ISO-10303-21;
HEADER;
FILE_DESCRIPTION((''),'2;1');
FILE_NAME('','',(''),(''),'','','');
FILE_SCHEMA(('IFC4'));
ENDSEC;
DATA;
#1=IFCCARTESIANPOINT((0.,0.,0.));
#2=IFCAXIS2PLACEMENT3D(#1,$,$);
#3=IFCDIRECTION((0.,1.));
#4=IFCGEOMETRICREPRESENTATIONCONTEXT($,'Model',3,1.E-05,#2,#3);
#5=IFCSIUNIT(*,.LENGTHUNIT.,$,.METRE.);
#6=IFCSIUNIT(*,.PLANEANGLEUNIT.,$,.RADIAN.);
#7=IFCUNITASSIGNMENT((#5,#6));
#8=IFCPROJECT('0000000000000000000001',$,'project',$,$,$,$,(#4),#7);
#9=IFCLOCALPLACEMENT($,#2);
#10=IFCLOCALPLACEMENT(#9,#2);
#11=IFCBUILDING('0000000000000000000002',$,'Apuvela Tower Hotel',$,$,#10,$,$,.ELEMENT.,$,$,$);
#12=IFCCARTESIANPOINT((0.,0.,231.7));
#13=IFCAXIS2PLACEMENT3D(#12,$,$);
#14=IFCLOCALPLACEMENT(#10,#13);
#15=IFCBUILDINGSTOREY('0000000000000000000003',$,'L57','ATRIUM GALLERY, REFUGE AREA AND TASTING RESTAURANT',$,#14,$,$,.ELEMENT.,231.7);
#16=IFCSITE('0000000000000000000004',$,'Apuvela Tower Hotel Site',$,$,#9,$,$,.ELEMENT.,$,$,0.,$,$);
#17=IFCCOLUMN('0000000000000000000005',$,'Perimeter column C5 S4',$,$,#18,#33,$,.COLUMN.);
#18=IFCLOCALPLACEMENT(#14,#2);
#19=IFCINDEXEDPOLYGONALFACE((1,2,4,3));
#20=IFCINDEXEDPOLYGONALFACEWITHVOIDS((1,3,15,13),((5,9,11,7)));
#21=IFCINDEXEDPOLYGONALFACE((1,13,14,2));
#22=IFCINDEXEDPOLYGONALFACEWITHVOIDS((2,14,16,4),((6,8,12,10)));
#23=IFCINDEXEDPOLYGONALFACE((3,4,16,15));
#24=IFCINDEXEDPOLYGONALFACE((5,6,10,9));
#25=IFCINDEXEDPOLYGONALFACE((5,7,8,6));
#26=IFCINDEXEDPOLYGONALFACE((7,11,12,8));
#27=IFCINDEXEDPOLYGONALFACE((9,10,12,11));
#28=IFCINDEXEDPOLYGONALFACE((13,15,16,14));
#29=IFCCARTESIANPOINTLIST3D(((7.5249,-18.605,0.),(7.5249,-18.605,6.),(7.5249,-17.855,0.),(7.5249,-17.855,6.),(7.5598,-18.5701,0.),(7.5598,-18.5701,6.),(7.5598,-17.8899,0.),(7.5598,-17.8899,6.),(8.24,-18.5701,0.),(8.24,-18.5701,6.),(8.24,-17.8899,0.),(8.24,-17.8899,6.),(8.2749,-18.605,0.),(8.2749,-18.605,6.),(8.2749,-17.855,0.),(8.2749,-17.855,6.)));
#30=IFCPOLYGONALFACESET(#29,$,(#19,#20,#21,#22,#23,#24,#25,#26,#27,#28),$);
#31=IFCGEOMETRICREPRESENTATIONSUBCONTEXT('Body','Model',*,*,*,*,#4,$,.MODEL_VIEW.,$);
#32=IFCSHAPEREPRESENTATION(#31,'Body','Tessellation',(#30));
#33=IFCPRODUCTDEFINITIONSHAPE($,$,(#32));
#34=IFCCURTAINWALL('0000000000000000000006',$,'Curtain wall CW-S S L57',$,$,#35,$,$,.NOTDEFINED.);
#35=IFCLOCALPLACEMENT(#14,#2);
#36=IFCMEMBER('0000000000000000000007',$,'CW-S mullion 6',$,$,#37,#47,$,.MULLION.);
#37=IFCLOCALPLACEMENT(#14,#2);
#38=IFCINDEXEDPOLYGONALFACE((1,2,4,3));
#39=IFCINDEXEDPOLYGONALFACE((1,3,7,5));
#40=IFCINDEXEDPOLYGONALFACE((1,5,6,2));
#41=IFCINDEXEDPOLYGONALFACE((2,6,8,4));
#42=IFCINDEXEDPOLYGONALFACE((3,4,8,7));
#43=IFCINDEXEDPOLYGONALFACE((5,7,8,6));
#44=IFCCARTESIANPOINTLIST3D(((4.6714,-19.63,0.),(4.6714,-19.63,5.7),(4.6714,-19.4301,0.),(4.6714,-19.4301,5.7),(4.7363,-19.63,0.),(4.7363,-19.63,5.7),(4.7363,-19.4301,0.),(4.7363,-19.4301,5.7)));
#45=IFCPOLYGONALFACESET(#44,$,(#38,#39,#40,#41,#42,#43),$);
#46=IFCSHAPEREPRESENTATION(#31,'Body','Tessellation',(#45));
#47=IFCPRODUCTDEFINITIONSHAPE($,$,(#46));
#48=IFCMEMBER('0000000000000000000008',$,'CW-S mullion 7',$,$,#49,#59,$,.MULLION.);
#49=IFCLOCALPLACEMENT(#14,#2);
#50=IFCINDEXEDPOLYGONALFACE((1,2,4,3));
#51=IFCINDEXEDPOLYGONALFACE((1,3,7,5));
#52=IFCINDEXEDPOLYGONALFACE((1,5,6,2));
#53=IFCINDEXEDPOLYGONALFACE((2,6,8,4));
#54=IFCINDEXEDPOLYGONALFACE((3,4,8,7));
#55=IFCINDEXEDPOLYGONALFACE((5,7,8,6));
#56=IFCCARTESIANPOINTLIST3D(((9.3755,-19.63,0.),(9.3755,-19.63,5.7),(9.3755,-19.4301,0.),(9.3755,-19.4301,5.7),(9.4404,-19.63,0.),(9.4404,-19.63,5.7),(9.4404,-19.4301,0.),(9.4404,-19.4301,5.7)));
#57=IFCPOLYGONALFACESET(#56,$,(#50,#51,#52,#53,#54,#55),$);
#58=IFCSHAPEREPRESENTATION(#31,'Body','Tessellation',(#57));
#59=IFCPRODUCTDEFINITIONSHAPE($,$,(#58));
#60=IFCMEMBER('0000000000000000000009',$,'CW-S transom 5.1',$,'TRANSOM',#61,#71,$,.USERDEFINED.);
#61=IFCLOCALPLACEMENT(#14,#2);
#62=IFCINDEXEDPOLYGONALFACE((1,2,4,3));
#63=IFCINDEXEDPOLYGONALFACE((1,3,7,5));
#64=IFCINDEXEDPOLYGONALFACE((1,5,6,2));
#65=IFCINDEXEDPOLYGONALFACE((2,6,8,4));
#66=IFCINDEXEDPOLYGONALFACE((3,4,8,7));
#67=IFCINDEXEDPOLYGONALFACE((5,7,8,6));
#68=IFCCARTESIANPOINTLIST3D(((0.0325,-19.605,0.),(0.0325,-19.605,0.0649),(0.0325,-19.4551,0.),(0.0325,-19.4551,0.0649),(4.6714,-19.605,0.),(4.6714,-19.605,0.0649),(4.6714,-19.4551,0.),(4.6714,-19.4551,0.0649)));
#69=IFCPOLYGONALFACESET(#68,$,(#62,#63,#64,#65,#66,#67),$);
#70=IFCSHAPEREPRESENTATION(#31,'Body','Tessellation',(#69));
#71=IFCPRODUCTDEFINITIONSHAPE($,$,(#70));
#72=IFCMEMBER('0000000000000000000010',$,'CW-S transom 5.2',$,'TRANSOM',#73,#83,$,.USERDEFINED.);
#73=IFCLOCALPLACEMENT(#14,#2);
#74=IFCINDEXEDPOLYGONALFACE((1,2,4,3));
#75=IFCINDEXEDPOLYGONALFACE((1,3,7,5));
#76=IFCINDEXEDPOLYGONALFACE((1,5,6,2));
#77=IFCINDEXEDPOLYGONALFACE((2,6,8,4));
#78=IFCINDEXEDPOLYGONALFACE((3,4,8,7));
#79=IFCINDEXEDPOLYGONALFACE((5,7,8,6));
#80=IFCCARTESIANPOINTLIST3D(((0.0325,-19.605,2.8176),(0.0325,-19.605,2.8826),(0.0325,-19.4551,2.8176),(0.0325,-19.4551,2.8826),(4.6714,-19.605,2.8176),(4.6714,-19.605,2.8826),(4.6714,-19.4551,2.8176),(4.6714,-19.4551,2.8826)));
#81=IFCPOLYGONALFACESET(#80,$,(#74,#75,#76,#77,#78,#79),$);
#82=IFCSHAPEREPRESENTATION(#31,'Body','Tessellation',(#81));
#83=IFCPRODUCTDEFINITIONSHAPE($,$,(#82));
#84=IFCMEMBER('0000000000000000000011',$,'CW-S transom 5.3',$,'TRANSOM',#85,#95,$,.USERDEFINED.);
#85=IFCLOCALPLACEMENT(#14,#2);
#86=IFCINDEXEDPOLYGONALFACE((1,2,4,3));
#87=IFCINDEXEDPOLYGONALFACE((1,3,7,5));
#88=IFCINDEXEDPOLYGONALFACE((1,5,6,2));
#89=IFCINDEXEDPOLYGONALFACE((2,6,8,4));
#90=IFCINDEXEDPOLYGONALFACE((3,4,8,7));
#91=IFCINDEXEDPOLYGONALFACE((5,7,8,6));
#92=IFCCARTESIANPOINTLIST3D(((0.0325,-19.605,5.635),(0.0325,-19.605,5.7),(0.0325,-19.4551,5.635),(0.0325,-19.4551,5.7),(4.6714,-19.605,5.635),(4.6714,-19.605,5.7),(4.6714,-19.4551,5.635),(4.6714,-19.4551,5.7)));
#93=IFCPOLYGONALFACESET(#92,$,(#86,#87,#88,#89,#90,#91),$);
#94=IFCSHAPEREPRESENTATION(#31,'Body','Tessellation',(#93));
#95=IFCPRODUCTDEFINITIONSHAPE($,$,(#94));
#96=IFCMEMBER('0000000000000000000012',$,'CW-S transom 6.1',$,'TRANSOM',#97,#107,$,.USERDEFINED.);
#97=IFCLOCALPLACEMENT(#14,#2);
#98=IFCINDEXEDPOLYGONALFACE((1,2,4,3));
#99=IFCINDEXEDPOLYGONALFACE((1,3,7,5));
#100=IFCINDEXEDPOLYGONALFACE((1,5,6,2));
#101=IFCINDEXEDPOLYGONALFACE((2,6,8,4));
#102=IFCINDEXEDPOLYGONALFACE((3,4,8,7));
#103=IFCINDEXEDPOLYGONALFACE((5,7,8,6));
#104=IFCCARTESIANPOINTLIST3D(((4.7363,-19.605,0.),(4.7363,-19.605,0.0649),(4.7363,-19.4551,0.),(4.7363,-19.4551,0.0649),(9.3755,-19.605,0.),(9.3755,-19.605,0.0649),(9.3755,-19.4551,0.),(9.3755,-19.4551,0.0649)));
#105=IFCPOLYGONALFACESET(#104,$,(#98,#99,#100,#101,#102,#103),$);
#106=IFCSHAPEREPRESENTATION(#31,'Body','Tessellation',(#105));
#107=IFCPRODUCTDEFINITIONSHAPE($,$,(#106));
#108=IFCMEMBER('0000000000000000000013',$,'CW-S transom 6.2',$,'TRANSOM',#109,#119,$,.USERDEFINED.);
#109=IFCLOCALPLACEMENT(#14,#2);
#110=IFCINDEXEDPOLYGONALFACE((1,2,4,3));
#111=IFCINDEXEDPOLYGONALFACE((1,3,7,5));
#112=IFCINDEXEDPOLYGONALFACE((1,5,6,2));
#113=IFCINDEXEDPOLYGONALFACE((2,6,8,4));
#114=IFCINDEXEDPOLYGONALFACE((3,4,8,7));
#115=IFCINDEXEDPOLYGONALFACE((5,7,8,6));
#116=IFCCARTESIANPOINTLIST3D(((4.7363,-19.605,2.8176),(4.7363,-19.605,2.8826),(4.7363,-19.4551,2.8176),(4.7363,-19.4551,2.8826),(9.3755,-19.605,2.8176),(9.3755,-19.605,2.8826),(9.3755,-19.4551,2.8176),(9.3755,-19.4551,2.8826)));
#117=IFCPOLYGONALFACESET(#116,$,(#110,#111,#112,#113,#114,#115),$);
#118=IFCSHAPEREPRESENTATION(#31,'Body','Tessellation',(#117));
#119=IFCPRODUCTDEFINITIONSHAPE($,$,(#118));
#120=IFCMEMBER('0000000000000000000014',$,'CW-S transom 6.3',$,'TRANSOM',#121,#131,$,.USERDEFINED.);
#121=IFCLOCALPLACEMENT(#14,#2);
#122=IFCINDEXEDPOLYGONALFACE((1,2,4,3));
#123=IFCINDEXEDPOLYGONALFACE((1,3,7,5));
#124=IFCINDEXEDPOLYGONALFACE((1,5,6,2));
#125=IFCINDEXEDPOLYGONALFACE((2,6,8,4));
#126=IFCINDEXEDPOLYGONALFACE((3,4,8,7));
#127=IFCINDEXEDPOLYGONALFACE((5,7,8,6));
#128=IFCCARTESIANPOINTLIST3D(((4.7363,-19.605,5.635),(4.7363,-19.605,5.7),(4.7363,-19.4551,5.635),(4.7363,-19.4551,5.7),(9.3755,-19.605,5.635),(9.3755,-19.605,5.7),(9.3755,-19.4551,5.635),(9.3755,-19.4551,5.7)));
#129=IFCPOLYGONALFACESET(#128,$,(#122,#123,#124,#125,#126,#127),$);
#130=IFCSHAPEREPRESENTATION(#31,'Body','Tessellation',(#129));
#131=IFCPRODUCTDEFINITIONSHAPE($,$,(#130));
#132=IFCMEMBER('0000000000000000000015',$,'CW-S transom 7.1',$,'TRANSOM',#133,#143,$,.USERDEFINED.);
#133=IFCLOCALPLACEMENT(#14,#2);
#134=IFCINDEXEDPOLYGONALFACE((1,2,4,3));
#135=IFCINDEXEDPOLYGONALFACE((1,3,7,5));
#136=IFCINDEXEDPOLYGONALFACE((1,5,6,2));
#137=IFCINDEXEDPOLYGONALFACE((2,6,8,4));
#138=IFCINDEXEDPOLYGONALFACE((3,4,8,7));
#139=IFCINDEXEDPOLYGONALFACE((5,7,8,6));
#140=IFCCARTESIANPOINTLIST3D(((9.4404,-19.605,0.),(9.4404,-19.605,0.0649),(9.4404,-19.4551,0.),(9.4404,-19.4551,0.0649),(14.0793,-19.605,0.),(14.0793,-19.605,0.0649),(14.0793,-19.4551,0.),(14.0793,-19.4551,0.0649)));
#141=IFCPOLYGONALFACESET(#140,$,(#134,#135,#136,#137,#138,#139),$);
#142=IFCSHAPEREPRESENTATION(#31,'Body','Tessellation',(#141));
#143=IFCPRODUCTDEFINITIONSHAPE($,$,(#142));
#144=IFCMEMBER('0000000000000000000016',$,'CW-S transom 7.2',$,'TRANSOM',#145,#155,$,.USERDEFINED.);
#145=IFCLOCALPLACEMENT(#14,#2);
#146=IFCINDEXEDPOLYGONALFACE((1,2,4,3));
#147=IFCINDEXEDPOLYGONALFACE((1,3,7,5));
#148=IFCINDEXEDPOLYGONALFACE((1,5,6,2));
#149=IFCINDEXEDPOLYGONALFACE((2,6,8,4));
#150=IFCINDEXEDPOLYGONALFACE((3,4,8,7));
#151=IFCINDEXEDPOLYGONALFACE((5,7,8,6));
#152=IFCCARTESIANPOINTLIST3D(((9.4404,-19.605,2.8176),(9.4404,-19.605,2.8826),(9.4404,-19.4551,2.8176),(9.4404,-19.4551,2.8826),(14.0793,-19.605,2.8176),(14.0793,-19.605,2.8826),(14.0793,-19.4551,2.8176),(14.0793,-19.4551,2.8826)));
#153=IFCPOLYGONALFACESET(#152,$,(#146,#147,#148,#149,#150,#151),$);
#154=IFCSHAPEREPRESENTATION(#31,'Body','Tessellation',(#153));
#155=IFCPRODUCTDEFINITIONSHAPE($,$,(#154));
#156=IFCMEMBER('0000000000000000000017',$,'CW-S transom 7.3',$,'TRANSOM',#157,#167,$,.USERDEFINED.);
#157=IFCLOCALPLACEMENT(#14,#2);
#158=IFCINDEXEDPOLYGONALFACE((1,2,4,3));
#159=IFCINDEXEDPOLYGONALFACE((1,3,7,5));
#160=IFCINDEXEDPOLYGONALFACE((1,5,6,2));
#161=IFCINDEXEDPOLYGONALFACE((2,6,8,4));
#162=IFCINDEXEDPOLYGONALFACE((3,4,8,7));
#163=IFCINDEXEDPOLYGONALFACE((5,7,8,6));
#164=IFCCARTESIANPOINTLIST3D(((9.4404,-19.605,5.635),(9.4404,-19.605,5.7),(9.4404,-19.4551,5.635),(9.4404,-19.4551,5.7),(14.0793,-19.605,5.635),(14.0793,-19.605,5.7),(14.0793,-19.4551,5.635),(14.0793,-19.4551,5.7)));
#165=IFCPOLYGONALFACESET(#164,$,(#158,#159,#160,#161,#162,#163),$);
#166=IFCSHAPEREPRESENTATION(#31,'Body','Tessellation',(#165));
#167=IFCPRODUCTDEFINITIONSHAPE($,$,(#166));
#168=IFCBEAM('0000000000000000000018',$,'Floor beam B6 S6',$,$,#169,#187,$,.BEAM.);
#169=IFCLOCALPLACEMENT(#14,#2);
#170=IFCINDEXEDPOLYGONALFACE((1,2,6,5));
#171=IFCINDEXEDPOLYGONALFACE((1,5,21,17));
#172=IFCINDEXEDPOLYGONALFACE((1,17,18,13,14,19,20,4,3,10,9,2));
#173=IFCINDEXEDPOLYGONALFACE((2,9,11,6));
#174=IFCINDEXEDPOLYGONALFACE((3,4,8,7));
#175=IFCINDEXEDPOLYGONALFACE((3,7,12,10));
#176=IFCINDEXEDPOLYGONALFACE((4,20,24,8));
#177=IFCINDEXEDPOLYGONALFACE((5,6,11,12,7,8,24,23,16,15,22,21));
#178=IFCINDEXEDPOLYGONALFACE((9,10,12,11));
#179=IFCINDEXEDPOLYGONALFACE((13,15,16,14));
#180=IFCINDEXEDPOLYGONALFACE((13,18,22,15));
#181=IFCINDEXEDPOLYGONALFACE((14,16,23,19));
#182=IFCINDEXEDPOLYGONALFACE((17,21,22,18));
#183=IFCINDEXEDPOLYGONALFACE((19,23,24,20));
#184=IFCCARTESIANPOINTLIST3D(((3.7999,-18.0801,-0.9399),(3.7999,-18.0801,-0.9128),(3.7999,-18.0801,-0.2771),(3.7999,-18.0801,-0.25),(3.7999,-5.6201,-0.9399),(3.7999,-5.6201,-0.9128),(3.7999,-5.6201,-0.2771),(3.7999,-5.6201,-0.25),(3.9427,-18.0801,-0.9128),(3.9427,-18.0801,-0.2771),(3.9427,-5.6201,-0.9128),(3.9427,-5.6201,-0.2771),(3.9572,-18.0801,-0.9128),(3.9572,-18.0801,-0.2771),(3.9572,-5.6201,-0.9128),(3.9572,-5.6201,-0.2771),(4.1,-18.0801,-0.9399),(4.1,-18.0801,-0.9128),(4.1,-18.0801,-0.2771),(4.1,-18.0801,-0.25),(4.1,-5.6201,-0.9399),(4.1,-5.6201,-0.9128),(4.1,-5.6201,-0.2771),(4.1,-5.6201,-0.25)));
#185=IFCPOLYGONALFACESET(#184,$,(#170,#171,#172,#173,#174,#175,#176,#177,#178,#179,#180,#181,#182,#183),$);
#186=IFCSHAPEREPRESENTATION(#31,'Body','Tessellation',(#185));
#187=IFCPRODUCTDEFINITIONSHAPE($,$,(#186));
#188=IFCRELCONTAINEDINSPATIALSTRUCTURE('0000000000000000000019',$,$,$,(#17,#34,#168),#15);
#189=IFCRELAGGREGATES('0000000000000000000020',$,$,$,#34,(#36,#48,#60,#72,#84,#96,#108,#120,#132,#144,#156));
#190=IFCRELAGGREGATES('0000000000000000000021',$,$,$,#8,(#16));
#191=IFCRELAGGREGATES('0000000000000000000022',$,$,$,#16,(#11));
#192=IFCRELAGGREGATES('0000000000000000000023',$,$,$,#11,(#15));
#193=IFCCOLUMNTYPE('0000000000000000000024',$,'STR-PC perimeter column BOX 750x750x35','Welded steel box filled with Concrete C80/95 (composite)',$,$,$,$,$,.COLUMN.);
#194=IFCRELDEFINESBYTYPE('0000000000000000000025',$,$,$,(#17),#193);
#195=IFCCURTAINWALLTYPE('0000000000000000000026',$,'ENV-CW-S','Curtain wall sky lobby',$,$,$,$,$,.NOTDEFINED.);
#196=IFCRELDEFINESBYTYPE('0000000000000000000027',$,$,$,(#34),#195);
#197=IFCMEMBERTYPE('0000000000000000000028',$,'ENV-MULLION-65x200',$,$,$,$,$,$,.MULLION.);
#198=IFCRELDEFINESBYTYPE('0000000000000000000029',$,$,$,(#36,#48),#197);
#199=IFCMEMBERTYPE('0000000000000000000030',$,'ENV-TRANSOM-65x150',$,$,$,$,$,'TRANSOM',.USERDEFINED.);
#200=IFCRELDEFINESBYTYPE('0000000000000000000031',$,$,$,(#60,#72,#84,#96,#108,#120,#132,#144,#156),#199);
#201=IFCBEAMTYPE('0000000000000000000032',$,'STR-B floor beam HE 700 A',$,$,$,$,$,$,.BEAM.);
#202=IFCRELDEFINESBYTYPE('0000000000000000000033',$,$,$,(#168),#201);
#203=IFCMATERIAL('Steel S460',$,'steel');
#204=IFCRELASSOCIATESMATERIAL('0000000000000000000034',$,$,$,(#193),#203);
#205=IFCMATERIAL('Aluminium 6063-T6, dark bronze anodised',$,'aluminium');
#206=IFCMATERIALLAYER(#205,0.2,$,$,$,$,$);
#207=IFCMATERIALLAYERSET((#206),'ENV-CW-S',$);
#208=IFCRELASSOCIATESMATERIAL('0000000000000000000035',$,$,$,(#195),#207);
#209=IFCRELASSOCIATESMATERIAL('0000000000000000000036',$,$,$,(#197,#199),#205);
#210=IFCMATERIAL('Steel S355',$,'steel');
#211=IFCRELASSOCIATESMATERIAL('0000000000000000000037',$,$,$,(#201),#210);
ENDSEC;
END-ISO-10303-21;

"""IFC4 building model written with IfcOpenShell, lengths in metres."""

from ifc_helpers import new_model, si_unit, direction, frame, origin, origin_2d, place, context, subcontext, project, spatial, rectangle, hollow_rectangle, i_section, extrude, material, layer, layer_set, material_profile, profile_set, type_object, element, aggregate, save


model = new_model("IFC4")

# Units and contexts
model_context = context("Model", 3, precision=1e-05, world=origin(), true_north=direction((0.0, 1.0)))
body_context = subcontext(model_context, "Body", "Model", "MODEL_VIEW")
ifc_project = project(units=[si_unit("LENGTHUNIT", "METRE"), si_unit("PLANEANGLEUNIT", "RADIAN")], contexts=[model_context])

# Site, building, storey
site_placement = place(None, origin())
site = spatial("IfcSite", under=ifc_project, at=site_placement, Name="Apuvela Tower Hotel Site", CompositionType="ELEMENT", RefElevation=0.0)
building_placement = place(site_placement, origin())
building = spatial("IfcBuilding", under=site, at=building_placement, Name="Apuvela Tower Hotel", CompositionType="ELEMENT")
storey_placement = place(building_placement, frame((0.0, 0.0, 231.7)))
storey = spatial("IfcBuildingStorey", under=building, at=storey_placement, Name="L57", Description="ATRIUM GALLERY, REFUGE AREA AND TASTING RESTAURANT", CompositionType="ELEMENT", Elevation=231.7)

# Column
ifc_material_1 = material(Name="Steel S460", Category="steel")
ifc_material_profile_1 = material_profile(ifc_material_1, hollow_rectangle(XDim=0.75, YDim=0.75, WallThickness=0.0349, at=origin_2d()), Name="BOX 750x750x35")
ifc_material_2 = material(Name="Concrete C80/95", Category="concrete")
ifc_material_profile_2 = material_profile(ifc_material_2, rectangle(XDim=0.6799, YDim=0.6799, at=origin_2d()), Name="Concrete C80/95 infill")
ifc_profile_set_1 = profile_set([ifc_material_profile_1, ifc_material_profile_2], Name="Steel S460")
column_type = type_object("IfcColumnType", Name="STR-PC perimeter column BOX 750x750x35", Description="Welded steel box filled with Concrete C80/95 (composite)", PredefinedType="COLUMN", material=ifc_profile_set_1)
column_placement = place(storey_placement, frame((7.8999, -18.23, 0.0), z_axis=(0.0, 0.0, 1.0), x_axis=(-1.0, 0.0, 0.0)))
element("IfcColumn", 1, at=column_placement, inside=storey, type_object=column_type, Name="Perimeter column C5 S4", PredefinedType="COLUMN", context=body_context, shape_type="SweptSolid", body=[
    extrude(hollow_rectangle(XDim=0.75, YDim=0.75, WallThickness=0.0349, at=origin_2d()), origin(), (0.0, 0.0, 1.0), 6.0),
])

# Curtain wall, members
ifc_material_3 = material(Name="Aluminium 6063-T6, dark bronze anodised", Category="aluminium")
ifc_layer_1 = layer(ifc_material_3, 0.2)
ifc_layer_set_1 = layer_set([ifc_layer_1], Name="ENV-CW-S")
curtain_wall_type = type_object("IfcCurtainWallType", Name="ENV-CW-S", Description="Curtain wall sky lobby", PredefinedType="NOTDEFINED", material=ifc_layer_set_1)
curtain_wall_placement = place(storey_placement, origin())
curtain_wall = element("IfcCurtainWall", 2, at=curtain_wall_placement, inside=storey, type_object=curtain_wall_type, Name="Curtain wall CW-S S L57", PredefinedType="NOTDEFINED")
ifc_material_profile_3 = material_profile(ifc_material_3, rectangle(XDim=0.2, YDim=0.0649, at=origin_2d()), Name="AL 65x200")
ifc_profile_set_2 = profile_set([ifc_material_profile_3], Name="Aluminium 6063-T6, dark bronze anodised")
member_type_1 = type_object("IfcMemberType", Name="ENV-MULLION-65x200", PredefinedType="MULLION", material=ifc_profile_set_2)
member_1_placement = place(storey_placement, frame((4.7039, -19.53, 0.0), z_axis=(0.0, 0.0, 1.0), x_axis=(0.0, 1.0, 0.0)))
member_1 = element("IfcMember", 3, at=member_1_placement, type_object=member_type_1, Name="CW-S mullion 6", PredefinedType="MULLION", context=body_context, shape_type="SweptSolid", body=[
    extrude(rectangle(XDim=0.2, YDim=0.0649, at=origin_2d()), origin(), (0.0, 0.0, 1.0), 5.7),
])
member_2_placement = place(storey_placement, frame((9.408, -19.53, 0.0), z_axis=(0.0, 0.0, 1.0), x_axis=(0.0, 1.0, 0.0)))
member_2 = element("IfcMember", 4, at=member_2_placement, type_object=member_type_1, Name="CW-S mullion 7", PredefinedType="MULLION", context=body_context, shape_type="SweptSolid", body=[
    extrude(rectangle(XDim=0.2, YDim=0.0649, at=origin_2d()), origin(), (0.0, 0.0, 1.0), 5.7),
])
ifc_material_profile_4 = material_profile(ifc_material_3, rectangle(XDim=0.1499, YDim=0.0649, at=origin_2d()), Name="AL 65x150 transom")
ifc_profile_set_3 = profile_set([ifc_material_profile_4], Name="Aluminium 6063-T6, dark bronze anodised")
member_type_2 = type_object("IfcMemberType", Name="ENV-TRANSOM-65x150", ElementType="TRANSOM", PredefinedType="USERDEFINED", material=ifc_profile_set_3)
member_3_placement = place(storey_placement, frame((0.0325, -19.53, 0.0325), z_axis=(1.0, 0.0, 0.0), x_axis=(0.0, 1.0, 0.0)))
member_3 = element("IfcMember", 5, at=member_3_placement, type_object=member_type_2, Name="CW-S transom 5.1", ObjectType="TRANSOM", PredefinedType="USERDEFINED", context=body_context, shape_type="SweptSolid", body=[
    extrude(rectangle(XDim=0.1499, YDim=0.0649, at=origin_2d()), origin(), (0.0, 0.0, 1.0), 4.6389),
])
member_4_placement = place(storey_placement, frame((0.0325, -19.53, 2.8501), z_axis=(1.0, 0.0, 0.0), x_axis=(0.0, 1.0, 0.0)))
member_4 = element("IfcMember", 6, at=member_4_placement, type_object=member_type_2, Name="CW-S transom 5.2", ObjectType="TRANSOM", PredefinedType="USERDEFINED", context=body_context, shape_type="SweptSolid", body=[
    extrude(rectangle(XDim=0.1499, YDim=0.0649, at=origin_2d()), origin(), (0.0, 0.0, 1.0), 4.6389),
])
member_5_placement = place(storey_placement, frame((0.0325, -19.53, 5.6675), z_axis=(1.0, 0.0, 0.0), x_axis=(0.0, 1.0, 0.0)))
member_5 = element("IfcMember", 7, at=member_5_placement, type_object=member_type_2, Name="CW-S transom 5.3", ObjectType="TRANSOM", PredefinedType="USERDEFINED", context=body_context, shape_type="SweptSolid", body=[
    extrude(rectangle(XDim=0.1499, YDim=0.0649, at=origin_2d()), origin(), (0.0, 0.0, 1.0), 4.6389),
])
member_6_placement = place(storey_placement, frame((4.7363, -19.53, 0.0325), z_axis=(1.0, 0.0, 0.0), x_axis=(0.0, 1.0, 0.0)))
member_6 = element("IfcMember", 8, at=member_6_placement, type_object=member_type_2, Name="CW-S transom 6.1", ObjectType="TRANSOM", PredefinedType="USERDEFINED", context=body_context, shape_type="SweptSolid", body=[
    extrude(rectangle(XDim=0.1499, YDim=0.0649, at=origin_2d()), origin(), (0.0, 0.0, 1.0), 4.6392),
])
member_7_placement = place(storey_placement, frame((4.7363, -19.53, 2.8501), z_axis=(1.0, 0.0, 0.0), x_axis=(0.0, 1.0, 0.0)))
member_7 = element("IfcMember", 9, at=member_7_placement, type_object=member_type_2, Name="CW-S transom 6.2", ObjectType="TRANSOM", PredefinedType="USERDEFINED", context=body_context, shape_type="SweptSolid", body=[
    extrude(rectangle(XDim=0.1499, YDim=0.0649, at=origin_2d()), origin(), (0.0, 0.0, 1.0), 4.6392),
])
member_8_placement = place(storey_placement, frame((4.7363, -19.53, 5.6675), z_axis=(1.0, 0.0, 0.0), x_axis=(0.0, 1.0, 0.0)))
member_8 = element("IfcMember", 10, at=member_8_placement, type_object=member_type_2, Name="CW-S transom 6.3", ObjectType="TRANSOM", PredefinedType="USERDEFINED", context=body_context, shape_type="SweptSolid", body=[
    extrude(rectangle(XDim=0.1499, YDim=0.0649, at=origin_2d()), origin(), (0.0, 0.0, 1.0), 4.6392),
])
member_9_placement = place(storey_placement, frame((9.4404, -19.53, 0.0325), z_axis=(1.0, 0.0, 0.0), x_axis=(0.0, 1.0, 0.0)))
member_9 = element("IfcMember", 11, at=member_9_placement, type_object=member_type_2, Name="CW-S transom 7.1", ObjectType="TRANSOM", PredefinedType="USERDEFINED", context=body_context, shape_type="SweptSolid", body=[
    extrude(rectangle(XDim=0.1499, YDim=0.0649, at=origin_2d()), origin(), (0.0, 0.0, 1.0), 4.6389),
])
member_10_placement = place(storey_placement, frame((9.4404, -19.53, 2.8501), z_axis=(1.0, 0.0, 0.0), x_axis=(0.0, 1.0, 0.0)))
member_10 = element("IfcMember", 12, at=member_10_placement, type_object=member_type_2, Name="CW-S transom 7.2", ObjectType="TRANSOM", PredefinedType="USERDEFINED", context=body_context, shape_type="SweptSolid", body=[
    extrude(rectangle(XDim=0.1499, YDim=0.0649, at=origin_2d()), origin(), (0.0, 0.0, 1.0), 4.6389),
])
member_11_placement = place(storey_placement, frame((9.4404, -19.53, 5.6675), z_axis=(1.0, 0.0, 0.0), x_axis=(0.0, 1.0, 0.0)))
member_11 = element("IfcMember", 13, at=member_11_placement, type_object=member_type_2, Name="CW-S transom 7.3", ObjectType="TRANSOM", PredefinedType="USERDEFINED", context=body_context, shape_type="SweptSolid", body=[
    extrude(rectangle(XDim=0.1499, YDim=0.0649, at=origin_2d()), origin(), (0.0, 0.0, 1.0), 4.6389),
])

# Beam
ifc_material_4 = material(Name="Steel S355", Category="steel")
ifc_material_profile_5 = material_profile(ifc_material_4, i_section(OverallWidth=0.3, OverallDepth=0.6899, WebThickness=0.0144, FlangeThickness=0.0271, at=origin_2d()), Name="HE 700 A")
ifc_profile_set_4 = profile_set([ifc_material_profile_5], Name="Steel S355")
beam_type_1 = type_object("IfcBeamType", Name="STR-B floor beam HE 700 A", PredefinedType="BEAM", material=ifc_profile_set_4)
beam_1_placement = place(storey_placement, frame((3.95, -18.0801, -0.595), z_axis=(0.0, 1.0, 0.0), x_axis=(-1.0, 0.0, 0.0)))
element("IfcBeam", 14, at=beam_1_placement, inside=storey, type_object=beam_type_1, Name="Floor beam B6 S6", PredefinedType="BEAM", context=body_context, shape_type="SweptSolid", body=[
    extrude(i_section(OverallWidth=0.3, OverallDepth=0.6899, WebThickness=0.0144, FlangeThickness=0.0271, at=origin_2d()), origin(), (0.0, 0.0, 1.0), 12.46),
])

aggregate(curtain_wall, [member_1, member_2, member_3, member_4, member_5, member_6, member_7, member_8, member_9, member_10, member_11])

save(model, "model.ifc")
